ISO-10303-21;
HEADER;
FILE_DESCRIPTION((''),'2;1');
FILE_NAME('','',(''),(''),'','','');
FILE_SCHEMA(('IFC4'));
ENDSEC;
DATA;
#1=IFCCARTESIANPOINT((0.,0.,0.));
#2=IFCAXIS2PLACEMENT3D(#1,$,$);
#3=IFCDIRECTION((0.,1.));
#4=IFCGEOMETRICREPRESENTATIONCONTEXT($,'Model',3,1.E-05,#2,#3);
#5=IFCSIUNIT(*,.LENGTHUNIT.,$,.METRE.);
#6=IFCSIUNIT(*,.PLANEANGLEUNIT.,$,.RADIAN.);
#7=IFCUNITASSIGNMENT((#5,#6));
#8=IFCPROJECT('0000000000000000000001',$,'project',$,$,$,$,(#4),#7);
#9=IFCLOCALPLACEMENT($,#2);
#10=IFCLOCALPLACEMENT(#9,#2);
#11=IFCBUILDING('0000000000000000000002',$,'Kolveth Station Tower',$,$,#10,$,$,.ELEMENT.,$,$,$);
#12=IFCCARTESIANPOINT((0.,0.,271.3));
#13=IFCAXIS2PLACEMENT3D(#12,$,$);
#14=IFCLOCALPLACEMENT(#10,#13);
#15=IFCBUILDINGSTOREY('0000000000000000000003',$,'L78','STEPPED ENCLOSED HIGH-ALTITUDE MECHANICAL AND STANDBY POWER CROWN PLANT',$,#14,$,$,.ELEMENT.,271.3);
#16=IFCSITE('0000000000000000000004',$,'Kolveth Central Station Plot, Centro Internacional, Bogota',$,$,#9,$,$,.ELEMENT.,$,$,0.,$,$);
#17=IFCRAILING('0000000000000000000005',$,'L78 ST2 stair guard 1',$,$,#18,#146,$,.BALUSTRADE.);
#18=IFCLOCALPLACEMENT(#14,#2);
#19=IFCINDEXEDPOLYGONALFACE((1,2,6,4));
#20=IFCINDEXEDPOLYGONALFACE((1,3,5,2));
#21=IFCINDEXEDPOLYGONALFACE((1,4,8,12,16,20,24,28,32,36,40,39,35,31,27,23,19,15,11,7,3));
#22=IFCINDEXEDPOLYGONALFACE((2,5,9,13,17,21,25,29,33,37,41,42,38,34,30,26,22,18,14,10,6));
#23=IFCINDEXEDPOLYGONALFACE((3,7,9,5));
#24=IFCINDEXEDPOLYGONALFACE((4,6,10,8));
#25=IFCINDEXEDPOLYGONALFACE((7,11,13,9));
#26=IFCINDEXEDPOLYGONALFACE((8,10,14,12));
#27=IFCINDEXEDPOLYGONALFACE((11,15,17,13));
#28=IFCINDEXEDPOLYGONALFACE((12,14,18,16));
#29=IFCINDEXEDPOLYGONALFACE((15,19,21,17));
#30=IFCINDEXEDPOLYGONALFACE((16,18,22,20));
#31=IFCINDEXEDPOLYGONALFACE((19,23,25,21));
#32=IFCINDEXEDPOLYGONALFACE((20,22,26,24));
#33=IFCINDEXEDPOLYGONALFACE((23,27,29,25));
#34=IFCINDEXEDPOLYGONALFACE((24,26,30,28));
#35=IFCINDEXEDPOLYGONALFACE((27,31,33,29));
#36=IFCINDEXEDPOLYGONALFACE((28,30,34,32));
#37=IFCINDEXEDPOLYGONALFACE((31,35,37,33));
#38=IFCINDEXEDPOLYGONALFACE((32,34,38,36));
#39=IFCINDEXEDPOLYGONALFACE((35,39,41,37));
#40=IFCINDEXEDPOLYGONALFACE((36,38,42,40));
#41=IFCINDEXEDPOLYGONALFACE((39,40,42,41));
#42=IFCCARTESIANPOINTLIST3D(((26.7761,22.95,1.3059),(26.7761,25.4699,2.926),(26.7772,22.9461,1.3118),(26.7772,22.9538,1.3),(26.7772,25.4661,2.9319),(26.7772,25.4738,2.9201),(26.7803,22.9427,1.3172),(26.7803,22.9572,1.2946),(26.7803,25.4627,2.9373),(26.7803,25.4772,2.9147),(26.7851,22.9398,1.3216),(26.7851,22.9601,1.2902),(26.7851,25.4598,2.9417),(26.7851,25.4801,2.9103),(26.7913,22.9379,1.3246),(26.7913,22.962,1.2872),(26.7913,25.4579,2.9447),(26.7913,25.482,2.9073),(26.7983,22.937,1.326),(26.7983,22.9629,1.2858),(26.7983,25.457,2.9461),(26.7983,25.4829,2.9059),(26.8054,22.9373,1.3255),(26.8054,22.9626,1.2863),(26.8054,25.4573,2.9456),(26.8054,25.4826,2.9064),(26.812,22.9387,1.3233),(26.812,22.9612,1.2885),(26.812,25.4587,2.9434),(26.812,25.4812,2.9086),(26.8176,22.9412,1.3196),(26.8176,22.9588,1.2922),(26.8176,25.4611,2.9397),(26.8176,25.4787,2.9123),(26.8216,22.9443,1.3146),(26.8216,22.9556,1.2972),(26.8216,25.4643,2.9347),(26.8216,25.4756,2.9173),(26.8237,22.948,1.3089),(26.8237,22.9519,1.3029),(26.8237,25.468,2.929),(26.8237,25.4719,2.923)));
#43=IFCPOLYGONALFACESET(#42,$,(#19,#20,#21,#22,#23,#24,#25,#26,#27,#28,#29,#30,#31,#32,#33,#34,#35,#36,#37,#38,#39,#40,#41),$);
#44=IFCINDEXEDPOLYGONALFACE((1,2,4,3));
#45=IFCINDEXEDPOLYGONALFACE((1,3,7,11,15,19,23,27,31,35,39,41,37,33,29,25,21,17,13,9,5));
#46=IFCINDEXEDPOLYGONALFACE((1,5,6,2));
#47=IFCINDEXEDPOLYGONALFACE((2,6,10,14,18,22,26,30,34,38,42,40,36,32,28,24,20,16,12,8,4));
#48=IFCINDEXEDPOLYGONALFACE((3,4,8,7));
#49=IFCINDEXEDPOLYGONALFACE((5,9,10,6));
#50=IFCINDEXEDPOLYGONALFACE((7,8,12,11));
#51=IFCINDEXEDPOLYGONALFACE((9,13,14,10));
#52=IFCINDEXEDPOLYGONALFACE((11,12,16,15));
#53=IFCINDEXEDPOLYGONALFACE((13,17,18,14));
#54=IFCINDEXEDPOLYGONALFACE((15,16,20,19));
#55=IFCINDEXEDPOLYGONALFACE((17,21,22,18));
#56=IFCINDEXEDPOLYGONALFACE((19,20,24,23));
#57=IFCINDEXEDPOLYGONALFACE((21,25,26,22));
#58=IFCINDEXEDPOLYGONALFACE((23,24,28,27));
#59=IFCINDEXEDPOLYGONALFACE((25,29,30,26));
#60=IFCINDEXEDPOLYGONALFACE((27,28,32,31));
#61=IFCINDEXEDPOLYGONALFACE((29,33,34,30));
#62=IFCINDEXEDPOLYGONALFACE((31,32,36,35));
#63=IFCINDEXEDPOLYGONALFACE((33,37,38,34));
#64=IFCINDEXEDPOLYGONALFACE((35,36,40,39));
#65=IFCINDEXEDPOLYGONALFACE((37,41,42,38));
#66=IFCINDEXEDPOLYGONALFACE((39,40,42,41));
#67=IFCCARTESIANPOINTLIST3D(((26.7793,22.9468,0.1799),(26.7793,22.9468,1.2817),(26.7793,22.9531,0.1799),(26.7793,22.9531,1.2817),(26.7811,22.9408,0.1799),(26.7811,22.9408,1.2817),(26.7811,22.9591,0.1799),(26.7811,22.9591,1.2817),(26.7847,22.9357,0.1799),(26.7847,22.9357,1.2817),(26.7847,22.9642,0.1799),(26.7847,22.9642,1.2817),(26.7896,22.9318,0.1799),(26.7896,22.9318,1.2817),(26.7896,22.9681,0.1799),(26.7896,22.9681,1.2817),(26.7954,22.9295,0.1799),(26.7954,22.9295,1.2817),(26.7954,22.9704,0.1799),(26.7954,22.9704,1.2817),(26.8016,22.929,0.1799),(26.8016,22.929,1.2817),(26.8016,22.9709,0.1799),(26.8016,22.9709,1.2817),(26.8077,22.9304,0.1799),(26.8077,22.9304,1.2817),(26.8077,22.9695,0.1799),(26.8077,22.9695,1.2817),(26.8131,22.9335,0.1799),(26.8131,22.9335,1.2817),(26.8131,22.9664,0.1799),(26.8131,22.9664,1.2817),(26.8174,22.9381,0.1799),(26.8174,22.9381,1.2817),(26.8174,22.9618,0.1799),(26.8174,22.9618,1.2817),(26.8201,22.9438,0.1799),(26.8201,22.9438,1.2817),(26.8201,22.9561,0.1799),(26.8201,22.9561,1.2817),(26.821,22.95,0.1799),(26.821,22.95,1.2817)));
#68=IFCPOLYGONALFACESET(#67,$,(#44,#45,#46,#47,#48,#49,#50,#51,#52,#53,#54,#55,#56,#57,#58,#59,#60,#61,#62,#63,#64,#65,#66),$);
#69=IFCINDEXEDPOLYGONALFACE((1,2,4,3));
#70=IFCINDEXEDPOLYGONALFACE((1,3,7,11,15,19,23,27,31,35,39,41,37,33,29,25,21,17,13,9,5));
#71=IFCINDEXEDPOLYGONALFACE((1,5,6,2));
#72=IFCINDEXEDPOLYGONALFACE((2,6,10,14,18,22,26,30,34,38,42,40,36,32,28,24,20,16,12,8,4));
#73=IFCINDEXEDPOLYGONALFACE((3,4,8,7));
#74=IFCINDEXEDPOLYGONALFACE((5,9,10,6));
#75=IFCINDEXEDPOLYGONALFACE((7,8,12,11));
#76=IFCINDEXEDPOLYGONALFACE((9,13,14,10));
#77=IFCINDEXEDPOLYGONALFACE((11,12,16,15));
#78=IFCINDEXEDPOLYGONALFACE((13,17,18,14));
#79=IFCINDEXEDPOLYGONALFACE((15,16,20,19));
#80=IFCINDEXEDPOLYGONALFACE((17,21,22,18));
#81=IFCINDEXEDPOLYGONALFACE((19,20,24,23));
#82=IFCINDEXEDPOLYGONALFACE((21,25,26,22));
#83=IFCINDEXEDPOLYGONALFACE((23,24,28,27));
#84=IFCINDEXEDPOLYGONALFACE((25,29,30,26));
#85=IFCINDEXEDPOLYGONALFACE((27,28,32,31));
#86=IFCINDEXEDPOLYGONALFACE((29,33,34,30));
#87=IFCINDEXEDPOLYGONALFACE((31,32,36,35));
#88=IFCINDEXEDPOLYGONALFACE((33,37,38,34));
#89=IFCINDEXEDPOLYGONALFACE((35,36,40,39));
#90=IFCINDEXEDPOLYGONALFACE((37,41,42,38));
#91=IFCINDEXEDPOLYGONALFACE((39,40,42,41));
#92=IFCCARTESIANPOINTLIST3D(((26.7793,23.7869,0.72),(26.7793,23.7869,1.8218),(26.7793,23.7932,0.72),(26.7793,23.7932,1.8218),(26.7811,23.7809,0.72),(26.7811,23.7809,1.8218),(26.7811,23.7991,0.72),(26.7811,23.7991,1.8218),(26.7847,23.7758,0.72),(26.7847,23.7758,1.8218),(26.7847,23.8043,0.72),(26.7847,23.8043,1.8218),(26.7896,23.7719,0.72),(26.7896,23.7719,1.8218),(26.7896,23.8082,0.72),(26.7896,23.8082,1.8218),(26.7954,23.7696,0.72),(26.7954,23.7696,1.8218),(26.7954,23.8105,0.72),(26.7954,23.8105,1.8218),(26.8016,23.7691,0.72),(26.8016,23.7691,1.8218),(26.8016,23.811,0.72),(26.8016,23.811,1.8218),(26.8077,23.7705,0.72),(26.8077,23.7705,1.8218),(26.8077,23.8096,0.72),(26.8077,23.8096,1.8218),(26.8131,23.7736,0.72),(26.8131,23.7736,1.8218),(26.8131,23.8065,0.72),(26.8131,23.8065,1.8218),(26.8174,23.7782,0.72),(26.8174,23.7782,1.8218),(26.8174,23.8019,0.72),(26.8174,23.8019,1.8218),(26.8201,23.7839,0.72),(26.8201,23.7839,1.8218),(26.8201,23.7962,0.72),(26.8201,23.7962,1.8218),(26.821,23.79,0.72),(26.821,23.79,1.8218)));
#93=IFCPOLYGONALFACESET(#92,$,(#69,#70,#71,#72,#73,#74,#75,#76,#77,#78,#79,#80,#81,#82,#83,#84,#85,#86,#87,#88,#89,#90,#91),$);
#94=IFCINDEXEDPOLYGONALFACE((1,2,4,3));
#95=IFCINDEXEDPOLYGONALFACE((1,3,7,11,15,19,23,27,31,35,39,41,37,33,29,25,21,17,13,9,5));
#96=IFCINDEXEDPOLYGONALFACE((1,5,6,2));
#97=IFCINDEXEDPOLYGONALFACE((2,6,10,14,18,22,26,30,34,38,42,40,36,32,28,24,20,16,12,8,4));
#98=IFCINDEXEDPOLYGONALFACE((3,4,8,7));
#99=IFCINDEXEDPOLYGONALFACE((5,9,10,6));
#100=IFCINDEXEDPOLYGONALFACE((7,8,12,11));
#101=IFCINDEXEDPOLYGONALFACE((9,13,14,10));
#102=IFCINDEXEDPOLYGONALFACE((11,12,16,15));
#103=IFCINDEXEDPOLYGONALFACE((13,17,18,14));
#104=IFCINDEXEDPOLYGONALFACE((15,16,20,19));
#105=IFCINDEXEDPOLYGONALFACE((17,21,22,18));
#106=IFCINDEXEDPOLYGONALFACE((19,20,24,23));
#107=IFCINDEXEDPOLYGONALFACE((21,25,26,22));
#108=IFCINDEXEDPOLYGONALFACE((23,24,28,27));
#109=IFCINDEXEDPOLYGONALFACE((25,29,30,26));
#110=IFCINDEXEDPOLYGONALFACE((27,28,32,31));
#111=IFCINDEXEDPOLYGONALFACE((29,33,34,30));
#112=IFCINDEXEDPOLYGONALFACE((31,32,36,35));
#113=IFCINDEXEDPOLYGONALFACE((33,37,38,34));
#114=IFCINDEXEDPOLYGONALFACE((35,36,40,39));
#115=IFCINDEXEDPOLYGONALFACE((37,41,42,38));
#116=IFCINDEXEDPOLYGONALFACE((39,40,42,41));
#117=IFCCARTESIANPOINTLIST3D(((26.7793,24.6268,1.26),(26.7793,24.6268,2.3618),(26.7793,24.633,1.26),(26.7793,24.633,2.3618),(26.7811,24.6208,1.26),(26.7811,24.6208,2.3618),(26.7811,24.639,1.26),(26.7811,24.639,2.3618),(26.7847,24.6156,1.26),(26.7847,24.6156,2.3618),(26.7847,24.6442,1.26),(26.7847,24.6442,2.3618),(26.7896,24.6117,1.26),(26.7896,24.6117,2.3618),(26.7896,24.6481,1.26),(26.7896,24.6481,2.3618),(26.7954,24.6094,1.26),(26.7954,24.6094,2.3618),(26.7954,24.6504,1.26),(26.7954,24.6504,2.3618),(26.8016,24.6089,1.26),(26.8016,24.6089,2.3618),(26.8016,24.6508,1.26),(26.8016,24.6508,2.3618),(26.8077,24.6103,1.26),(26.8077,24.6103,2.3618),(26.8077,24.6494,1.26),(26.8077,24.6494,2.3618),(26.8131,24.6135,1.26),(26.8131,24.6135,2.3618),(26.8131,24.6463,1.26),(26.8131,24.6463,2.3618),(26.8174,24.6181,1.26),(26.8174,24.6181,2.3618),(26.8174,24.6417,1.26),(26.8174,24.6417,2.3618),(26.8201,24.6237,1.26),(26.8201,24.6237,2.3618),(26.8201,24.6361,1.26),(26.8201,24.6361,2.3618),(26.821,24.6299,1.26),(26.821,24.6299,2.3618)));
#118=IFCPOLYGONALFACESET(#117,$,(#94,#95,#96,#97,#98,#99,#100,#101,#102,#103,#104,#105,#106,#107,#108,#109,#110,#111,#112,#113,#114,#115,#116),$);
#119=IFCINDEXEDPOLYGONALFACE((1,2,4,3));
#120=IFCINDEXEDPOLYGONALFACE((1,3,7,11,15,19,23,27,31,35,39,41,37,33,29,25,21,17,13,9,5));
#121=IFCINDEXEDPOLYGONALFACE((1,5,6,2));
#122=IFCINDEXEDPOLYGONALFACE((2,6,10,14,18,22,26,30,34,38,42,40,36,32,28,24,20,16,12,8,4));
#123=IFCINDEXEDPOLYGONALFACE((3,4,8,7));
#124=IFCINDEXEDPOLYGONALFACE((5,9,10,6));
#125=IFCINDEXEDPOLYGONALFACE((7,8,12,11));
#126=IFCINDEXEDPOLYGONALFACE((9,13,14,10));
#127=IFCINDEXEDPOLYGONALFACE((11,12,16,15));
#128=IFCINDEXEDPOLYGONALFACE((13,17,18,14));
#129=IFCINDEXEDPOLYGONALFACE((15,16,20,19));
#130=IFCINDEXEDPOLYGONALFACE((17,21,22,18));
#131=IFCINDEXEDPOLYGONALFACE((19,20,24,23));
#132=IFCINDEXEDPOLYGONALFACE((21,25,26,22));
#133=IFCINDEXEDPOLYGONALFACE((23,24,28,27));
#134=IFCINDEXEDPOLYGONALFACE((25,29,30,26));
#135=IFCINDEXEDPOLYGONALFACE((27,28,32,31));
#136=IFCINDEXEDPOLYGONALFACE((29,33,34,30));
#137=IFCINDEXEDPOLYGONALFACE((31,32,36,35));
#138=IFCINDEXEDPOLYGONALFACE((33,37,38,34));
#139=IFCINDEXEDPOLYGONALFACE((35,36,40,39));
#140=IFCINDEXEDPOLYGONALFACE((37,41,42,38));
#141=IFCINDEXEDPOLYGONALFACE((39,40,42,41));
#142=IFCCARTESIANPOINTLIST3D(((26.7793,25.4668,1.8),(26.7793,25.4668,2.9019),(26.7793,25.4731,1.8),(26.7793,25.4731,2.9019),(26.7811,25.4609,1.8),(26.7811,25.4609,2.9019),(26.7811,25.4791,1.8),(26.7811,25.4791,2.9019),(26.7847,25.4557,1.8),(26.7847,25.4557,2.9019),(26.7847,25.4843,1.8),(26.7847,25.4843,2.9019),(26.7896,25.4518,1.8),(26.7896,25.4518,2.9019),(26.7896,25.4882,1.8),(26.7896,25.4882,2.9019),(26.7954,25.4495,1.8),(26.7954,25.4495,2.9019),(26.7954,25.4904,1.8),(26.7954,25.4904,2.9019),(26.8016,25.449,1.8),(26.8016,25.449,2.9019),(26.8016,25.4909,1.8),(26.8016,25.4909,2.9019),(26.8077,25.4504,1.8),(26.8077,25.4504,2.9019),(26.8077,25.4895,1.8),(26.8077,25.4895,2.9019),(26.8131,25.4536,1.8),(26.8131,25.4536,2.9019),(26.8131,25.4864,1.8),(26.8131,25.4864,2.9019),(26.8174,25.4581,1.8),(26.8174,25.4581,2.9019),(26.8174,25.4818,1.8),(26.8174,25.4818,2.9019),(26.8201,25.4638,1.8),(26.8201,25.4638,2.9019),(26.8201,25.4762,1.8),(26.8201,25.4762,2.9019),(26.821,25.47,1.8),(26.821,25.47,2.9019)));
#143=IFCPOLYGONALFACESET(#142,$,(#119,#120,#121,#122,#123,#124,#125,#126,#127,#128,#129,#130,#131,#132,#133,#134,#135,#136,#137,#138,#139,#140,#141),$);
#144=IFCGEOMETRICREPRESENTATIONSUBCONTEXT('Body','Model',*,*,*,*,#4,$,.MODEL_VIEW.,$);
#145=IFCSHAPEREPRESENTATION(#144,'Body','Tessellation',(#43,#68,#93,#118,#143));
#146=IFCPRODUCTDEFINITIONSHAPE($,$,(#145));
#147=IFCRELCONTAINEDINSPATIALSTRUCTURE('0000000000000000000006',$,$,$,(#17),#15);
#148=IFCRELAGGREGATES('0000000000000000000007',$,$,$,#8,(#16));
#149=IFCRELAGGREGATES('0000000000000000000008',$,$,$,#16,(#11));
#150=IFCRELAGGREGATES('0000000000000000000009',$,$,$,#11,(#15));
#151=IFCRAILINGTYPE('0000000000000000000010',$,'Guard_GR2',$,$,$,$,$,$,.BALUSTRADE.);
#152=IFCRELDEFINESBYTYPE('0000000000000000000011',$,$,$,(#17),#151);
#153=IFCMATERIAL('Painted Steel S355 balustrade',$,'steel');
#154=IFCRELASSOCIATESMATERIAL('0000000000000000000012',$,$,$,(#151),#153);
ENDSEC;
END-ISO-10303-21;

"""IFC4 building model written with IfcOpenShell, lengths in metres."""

from ifc_helpers import new_model, si_unit, direction, frame, origin, origin_2d, place, context, subcontext, project, spatial, circle, extrude, material, type_object, element, save


model = new_model("IFC4")

# Units and contexts
model_context = context("Model", 3, precision=1e-05, world=origin(), true_north=direction((0.0, 1.0)))
body_context = subcontext(model_context, "Body", "Model", "MODEL_VIEW")
ifc_project = project(units=[si_unit("LENGTHUNIT", "METRE"), si_unit("PLANEANGLEUNIT", "RADIAN")], contexts=[model_context])

# Site, building, storey
site_placement = place(None, origin())
site = spatial("IfcSite", under=ifc_project, at=site_placement, Name="Kolveth Central Station Plot, Centro Internacional, Bogota", CompositionType="ELEMENT", RefElevation=0.0)
building_placement = place(site_placement, origin())
building = spatial("IfcBuilding", under=site, at=building_placement, Name="Kolveth Station Tower", CompositionType="ELEMENT")
storey_placement = place(building_placement, frame((0.0, 0.0, 271.3)))
storey = spatial("IfcBuildingStorey", under=building, at=storey_placement, Name="L78", Description="STEPPED ENCLOSED HIGH-ALTITUDE MECHANICAL AND STANDBY POWER CROWN PLANT", CompositionType="ELEMENT", Elevation=271.3)

# Railing
ifc_material_1 = material(Name="Painted Steel S355 balustrade", Category="steel")
railing_type_1 = type_object("IfcRailingType", Name="Guard_GR2", PredefinedType="BALUSTRADE", material=ifc_material_1)
for number, where, name in (
    (1, (26.8, 22.95, 0.1799), "L78 ST2 stair guard 1"),
):
    element("IfcRailing", number, at=place(storey_placement, frame(where)), inside=storey, type_object=railing_type_1, Name=name, PredefinedType="BALUSTRADE", context=body_context, shape_type="SweptSolid", body=[
        extrude(circle(Radius=0.0239, at=origin_2d()), frame((0.0, 0.0, 1.126), z_axis=(0.0, 0.841163, 0.540782), x_axis=(-1.0, 0.0, 0.0)), (0.0, 0.0, 1.0), 2.9958),
        extrude(circle(Radius=0.021, at=origin_2d()), origin(), (0.0, 0.0, 1.0), 1.1018),
        extrude(circle(Radius=0.021, at=origin_2d()), frame((0.0, 0.8401, 0.54)), (0.0, 0.0, 1.0), 1.1018),
        extrude(circle(Radius=0.021, at=origin_2d()), frame((0.0, 1.6799, 1.0801)), (0.0, 0.0, 1.0), 1.1018),
        extrude(circle(Radius=0.021, at=origin_2d()), frame((0.0, 2.52, 1.6201)), (0.0, 0.0, 1.0), 1.1018),
    ])

save(model, "model.ifc")
